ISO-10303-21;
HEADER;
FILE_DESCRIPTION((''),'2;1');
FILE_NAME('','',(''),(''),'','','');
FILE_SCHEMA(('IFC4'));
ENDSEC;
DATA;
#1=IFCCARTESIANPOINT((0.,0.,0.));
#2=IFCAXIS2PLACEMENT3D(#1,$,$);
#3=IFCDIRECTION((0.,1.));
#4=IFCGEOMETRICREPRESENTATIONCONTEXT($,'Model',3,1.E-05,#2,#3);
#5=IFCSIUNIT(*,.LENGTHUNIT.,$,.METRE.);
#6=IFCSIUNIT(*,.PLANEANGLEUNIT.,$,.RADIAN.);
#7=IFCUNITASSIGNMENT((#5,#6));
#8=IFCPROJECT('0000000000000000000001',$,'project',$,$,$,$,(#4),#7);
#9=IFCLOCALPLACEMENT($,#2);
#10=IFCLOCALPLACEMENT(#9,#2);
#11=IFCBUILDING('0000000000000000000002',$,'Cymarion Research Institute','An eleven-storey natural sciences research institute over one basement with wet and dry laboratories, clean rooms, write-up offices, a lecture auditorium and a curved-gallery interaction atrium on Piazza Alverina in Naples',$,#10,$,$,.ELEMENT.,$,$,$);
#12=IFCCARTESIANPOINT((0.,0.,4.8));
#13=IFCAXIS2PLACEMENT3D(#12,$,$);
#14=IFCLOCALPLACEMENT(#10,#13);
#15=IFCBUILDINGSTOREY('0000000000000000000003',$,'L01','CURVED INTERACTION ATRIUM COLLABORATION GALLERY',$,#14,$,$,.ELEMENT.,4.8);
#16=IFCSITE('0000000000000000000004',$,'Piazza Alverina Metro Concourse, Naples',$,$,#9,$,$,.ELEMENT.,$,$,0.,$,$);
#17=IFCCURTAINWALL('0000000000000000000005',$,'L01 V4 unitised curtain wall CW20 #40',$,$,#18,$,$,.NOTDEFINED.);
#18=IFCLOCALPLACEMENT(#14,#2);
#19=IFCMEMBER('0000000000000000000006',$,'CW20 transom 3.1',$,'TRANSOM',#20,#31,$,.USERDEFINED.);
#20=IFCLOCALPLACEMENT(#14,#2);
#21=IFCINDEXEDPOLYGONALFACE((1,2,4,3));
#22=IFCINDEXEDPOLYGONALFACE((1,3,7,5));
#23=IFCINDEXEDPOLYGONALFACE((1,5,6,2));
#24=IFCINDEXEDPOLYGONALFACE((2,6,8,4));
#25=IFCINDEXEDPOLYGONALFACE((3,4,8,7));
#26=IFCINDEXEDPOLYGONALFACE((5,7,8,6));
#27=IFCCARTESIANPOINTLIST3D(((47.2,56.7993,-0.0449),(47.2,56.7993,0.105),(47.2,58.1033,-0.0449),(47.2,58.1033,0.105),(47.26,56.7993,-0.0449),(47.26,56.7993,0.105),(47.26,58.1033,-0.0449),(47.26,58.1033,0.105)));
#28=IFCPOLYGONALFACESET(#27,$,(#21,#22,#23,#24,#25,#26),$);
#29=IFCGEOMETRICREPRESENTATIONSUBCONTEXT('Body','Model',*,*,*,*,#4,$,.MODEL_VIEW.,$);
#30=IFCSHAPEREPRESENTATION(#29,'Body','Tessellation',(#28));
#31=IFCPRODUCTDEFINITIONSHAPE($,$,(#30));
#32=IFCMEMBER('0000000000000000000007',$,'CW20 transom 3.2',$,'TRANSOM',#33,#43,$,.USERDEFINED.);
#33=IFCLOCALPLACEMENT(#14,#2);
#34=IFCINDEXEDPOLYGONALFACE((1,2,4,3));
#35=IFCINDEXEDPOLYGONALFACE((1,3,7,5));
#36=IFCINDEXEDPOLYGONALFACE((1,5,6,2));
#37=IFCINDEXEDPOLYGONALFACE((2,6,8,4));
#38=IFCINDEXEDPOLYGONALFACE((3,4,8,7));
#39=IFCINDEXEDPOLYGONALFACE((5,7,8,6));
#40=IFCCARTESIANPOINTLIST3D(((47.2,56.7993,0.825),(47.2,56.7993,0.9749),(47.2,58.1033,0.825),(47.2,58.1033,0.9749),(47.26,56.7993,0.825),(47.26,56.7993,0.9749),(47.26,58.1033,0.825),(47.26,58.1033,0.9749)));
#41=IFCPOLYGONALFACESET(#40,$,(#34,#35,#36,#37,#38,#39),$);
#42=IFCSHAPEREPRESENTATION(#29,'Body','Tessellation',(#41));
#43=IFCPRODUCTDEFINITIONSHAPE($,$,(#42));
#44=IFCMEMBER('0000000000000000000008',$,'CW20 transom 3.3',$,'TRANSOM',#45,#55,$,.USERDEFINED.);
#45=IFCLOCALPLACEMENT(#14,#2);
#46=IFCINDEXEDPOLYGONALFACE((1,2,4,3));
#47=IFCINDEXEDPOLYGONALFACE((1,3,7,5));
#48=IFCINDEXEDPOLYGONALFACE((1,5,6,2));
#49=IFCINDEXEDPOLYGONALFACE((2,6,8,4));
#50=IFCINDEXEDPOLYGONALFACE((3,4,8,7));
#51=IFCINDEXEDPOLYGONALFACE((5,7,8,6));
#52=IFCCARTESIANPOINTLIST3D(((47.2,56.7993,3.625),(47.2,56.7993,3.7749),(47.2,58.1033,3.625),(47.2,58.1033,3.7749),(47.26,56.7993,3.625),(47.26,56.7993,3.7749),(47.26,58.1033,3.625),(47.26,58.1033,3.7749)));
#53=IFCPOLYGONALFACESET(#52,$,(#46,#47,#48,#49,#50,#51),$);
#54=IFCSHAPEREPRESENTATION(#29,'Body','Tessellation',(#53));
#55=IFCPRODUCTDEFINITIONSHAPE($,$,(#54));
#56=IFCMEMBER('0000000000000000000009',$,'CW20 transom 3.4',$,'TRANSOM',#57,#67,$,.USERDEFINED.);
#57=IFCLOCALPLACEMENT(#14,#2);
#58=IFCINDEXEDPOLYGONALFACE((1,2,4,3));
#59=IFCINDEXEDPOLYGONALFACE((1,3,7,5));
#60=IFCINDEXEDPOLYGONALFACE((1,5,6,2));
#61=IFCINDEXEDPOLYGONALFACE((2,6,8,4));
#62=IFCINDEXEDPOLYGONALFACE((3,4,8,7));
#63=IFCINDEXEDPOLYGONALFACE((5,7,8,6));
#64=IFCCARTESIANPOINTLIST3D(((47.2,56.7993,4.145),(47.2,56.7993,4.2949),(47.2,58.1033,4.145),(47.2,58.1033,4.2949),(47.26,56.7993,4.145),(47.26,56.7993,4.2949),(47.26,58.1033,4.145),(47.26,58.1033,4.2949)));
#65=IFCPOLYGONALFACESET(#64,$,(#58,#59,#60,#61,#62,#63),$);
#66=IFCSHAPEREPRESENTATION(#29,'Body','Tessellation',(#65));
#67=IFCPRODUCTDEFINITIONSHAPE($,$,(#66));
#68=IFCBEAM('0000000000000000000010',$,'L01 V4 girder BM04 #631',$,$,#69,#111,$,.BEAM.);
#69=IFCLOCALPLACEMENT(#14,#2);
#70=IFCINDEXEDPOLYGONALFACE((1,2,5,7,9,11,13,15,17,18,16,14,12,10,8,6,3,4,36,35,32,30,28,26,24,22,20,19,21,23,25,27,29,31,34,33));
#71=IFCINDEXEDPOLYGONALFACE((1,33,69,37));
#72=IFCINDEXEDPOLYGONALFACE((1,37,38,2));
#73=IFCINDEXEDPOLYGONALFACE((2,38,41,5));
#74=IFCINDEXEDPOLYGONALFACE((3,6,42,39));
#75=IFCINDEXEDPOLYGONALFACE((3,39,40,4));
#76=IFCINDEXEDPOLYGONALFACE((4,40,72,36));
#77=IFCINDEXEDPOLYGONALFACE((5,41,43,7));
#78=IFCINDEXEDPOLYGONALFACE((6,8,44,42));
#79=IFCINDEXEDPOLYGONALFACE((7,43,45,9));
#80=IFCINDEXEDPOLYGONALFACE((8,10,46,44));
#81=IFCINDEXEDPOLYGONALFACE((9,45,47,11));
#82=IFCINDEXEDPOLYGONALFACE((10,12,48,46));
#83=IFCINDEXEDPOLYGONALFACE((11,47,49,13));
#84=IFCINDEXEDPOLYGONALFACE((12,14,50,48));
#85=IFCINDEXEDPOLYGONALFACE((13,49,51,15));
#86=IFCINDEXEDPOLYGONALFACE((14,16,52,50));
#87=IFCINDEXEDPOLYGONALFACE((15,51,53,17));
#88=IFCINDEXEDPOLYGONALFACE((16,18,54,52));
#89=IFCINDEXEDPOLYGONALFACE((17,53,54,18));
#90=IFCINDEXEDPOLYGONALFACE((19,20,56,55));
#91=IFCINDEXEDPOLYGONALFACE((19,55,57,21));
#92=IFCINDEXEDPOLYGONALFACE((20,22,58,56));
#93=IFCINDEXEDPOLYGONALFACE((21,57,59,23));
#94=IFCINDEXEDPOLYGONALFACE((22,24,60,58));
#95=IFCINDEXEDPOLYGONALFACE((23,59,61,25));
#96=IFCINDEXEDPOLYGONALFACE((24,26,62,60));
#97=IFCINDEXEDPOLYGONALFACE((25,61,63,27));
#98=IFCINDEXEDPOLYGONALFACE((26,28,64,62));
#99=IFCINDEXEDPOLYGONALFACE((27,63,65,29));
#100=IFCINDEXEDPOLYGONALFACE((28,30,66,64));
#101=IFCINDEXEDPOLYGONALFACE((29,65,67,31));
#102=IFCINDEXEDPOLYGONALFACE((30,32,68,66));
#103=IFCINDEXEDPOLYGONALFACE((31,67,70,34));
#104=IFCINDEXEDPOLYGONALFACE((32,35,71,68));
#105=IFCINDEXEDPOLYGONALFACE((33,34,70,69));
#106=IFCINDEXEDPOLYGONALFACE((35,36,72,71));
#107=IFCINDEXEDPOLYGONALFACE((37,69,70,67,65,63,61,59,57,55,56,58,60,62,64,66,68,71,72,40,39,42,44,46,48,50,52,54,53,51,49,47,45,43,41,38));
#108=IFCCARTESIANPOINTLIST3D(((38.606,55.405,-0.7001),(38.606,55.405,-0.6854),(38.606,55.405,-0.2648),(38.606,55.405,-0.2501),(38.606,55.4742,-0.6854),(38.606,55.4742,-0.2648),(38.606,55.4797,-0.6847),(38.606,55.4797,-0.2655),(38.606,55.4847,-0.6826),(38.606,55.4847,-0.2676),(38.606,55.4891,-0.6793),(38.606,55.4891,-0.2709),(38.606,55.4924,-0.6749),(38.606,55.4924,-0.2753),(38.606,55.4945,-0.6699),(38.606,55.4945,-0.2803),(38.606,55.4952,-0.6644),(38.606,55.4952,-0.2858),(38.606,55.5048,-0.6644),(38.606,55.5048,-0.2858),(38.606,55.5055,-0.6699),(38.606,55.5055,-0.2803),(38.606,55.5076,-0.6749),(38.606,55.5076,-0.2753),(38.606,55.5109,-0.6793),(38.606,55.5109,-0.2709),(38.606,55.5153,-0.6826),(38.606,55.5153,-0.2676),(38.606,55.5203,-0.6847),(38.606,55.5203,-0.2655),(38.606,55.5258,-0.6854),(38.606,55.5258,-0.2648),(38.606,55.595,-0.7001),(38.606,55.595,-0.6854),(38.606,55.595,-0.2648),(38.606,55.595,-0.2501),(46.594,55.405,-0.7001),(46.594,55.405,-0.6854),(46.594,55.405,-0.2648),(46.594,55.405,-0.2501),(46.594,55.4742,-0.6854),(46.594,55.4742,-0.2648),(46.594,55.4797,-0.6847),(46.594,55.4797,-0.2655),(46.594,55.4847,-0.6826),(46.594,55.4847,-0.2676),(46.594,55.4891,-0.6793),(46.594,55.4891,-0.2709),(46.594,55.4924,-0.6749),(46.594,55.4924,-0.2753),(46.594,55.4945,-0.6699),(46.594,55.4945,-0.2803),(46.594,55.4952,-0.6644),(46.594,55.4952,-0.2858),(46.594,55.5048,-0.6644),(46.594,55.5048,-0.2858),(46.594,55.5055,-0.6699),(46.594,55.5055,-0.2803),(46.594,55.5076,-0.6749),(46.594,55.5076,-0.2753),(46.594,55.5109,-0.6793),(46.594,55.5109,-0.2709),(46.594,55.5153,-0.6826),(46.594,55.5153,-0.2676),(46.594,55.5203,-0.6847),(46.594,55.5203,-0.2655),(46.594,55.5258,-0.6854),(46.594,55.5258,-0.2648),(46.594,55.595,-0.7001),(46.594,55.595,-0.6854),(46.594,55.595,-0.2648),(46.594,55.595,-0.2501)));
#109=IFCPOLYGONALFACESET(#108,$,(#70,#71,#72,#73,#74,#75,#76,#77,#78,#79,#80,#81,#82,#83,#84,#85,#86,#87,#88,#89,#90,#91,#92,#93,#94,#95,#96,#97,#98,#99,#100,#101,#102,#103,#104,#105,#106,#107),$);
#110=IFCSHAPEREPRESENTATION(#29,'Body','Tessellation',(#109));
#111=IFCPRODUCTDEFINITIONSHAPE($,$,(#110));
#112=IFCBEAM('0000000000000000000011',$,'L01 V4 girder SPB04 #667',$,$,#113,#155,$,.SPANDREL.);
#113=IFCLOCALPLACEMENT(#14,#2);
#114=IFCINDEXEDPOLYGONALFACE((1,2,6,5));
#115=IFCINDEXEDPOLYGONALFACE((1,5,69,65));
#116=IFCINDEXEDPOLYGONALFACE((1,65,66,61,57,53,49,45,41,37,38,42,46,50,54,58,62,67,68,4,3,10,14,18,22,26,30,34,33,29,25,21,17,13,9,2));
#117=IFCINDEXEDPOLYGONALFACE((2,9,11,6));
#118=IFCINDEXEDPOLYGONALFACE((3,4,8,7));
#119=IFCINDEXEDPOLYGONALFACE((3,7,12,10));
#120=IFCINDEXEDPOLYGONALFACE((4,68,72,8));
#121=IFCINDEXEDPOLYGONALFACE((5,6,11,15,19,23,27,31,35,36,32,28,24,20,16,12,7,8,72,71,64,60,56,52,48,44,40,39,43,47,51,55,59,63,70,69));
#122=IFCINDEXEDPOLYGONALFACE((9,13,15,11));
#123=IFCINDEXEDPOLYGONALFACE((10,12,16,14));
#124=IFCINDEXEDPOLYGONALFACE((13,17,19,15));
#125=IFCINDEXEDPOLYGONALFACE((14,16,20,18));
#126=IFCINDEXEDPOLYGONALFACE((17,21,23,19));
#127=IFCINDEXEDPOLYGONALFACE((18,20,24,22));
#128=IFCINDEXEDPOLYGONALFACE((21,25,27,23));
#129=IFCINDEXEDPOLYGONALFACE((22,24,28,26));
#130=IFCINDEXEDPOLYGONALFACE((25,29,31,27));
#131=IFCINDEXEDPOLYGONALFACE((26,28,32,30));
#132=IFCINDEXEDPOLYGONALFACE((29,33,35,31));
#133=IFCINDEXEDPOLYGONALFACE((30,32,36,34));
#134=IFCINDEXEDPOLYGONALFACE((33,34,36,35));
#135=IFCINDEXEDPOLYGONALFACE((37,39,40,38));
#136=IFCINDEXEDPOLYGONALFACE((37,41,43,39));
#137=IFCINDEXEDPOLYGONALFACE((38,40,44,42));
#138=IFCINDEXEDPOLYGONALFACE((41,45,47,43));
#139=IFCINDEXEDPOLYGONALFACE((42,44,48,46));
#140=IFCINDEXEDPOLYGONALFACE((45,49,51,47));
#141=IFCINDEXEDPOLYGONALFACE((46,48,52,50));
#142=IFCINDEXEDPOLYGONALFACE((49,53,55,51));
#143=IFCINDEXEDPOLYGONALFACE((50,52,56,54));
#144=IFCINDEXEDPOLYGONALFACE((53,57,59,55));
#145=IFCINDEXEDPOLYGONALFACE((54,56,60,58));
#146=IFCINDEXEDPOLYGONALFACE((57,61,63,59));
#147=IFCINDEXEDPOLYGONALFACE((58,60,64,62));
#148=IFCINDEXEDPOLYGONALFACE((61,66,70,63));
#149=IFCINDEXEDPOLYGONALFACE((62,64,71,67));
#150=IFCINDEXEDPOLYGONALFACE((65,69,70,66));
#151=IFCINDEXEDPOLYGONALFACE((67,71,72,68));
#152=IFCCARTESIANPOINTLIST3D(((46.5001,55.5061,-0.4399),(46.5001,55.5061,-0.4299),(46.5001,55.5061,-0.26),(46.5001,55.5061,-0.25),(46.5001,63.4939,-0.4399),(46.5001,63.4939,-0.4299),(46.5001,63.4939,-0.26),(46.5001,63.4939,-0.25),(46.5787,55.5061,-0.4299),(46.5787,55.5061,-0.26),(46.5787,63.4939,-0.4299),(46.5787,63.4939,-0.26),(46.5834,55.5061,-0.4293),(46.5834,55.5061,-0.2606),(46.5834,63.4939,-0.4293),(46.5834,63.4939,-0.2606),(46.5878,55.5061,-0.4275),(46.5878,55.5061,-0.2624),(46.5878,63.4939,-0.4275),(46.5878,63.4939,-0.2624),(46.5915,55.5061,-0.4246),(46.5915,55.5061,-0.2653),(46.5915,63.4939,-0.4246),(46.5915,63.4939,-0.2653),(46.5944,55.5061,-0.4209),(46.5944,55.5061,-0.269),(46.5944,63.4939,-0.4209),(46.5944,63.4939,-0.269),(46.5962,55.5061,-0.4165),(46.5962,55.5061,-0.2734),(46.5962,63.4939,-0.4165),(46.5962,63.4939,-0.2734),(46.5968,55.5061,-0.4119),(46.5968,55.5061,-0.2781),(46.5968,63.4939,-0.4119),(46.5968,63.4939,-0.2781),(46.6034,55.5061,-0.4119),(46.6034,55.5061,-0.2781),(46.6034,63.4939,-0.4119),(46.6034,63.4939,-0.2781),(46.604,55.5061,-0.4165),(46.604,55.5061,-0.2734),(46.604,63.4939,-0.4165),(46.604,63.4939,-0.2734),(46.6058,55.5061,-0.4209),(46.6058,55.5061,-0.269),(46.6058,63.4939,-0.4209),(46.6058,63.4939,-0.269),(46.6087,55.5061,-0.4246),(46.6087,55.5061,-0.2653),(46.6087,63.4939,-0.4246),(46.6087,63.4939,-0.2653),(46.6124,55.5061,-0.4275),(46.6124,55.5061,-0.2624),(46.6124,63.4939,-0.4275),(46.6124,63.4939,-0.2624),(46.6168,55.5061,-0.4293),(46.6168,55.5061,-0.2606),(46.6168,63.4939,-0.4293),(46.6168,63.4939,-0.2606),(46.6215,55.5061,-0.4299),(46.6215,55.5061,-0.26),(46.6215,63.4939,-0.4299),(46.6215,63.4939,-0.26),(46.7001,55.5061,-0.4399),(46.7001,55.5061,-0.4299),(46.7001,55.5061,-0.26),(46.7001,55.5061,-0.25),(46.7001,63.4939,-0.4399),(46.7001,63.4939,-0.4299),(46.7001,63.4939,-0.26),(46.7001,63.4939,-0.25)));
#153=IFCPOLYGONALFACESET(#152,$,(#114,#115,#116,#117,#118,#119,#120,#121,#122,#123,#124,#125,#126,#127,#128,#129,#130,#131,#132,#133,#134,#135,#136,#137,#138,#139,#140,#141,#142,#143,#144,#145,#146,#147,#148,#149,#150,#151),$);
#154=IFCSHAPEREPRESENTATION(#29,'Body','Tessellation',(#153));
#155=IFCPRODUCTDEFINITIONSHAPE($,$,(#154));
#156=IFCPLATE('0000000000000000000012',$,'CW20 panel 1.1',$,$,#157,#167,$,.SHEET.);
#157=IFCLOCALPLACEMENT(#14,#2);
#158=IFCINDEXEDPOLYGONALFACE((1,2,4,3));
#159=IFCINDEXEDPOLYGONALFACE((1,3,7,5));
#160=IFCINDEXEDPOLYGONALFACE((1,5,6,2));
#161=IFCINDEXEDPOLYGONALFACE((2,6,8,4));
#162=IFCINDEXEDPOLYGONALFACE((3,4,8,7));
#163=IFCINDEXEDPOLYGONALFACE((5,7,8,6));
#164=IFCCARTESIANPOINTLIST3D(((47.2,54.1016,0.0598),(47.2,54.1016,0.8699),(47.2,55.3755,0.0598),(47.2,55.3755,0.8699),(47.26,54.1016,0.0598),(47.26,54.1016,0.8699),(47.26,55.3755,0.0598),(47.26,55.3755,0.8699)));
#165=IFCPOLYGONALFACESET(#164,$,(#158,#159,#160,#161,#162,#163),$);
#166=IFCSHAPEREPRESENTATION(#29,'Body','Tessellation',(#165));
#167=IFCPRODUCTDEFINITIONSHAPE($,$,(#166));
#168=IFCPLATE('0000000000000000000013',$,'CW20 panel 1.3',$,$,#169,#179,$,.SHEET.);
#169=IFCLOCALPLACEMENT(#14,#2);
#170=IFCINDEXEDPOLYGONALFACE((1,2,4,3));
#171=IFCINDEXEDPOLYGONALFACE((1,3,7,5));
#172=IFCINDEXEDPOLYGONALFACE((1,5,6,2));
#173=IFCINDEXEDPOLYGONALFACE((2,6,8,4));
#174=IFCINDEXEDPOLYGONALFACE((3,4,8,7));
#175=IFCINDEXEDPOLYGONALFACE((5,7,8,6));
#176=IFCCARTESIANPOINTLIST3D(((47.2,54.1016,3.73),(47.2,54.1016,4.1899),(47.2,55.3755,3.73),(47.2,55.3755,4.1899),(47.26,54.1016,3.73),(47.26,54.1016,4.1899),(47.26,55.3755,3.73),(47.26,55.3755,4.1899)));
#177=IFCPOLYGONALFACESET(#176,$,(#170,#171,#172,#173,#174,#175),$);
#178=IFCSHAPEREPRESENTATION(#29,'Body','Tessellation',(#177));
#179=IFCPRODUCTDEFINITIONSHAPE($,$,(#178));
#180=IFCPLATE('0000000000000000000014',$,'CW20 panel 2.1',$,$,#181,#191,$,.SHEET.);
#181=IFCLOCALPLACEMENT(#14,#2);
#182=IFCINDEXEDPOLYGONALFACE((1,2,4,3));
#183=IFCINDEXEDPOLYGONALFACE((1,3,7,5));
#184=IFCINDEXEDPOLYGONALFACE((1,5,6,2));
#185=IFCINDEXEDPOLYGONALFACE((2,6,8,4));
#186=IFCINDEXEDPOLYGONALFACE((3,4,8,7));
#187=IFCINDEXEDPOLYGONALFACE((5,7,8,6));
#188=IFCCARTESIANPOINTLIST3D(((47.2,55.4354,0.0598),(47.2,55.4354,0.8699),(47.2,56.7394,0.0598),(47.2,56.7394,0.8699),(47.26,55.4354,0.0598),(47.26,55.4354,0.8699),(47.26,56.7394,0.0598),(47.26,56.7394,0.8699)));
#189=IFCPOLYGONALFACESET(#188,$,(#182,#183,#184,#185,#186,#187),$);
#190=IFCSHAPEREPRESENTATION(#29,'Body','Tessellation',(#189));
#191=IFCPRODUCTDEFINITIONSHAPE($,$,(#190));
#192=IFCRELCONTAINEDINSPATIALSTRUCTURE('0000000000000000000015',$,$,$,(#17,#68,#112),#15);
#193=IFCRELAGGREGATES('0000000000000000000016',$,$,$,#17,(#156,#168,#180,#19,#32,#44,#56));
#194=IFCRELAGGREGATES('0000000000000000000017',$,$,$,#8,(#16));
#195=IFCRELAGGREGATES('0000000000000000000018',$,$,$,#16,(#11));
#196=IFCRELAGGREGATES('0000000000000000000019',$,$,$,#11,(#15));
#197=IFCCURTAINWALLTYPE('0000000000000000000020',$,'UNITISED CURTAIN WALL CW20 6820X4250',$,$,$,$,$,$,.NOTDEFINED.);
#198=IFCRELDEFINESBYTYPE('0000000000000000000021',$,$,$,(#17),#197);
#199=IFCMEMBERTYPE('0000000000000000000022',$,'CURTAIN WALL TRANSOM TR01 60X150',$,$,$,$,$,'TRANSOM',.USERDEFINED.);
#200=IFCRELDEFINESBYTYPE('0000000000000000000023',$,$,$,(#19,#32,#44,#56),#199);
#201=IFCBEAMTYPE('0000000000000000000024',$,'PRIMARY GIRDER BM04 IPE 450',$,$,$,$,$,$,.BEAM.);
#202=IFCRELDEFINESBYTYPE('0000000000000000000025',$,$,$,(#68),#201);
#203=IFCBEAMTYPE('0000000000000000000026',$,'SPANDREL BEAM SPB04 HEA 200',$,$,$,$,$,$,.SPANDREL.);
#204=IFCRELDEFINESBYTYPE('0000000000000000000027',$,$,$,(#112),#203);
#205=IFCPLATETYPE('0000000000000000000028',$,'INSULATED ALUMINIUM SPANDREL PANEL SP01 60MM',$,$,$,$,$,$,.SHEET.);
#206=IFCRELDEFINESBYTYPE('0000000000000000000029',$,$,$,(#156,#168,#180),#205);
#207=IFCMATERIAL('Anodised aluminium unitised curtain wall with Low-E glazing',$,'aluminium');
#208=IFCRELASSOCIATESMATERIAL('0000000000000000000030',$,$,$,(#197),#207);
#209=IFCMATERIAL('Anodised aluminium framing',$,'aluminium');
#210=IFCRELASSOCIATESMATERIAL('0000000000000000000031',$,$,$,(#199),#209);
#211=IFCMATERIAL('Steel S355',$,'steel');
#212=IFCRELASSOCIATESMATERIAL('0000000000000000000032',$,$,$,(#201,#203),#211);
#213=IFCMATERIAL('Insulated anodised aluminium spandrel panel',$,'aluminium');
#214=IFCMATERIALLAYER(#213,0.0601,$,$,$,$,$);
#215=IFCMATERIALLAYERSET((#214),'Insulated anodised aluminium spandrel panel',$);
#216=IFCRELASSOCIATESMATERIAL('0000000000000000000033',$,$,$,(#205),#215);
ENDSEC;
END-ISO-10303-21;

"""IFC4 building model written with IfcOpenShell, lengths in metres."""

from ifc_helpers import new_model, si_unit, direction, frame, origin, origin_2d, place, context, subcontext, project, spatial, rectangle, i_section, extrude, material, layer, layer_set, material_profile, profile_set, type_object, element, aggregate, save


model = new_model("IFC4")

# Units and contexts
model_context = context("Model", 3, precision=1e-05, world=origin(), true_north=direction((0.0, 1.0)))
body_context = subcontext(model_context, "Body", "Model", "MODEL_VIEW")
ifc_project = project(units=[si_unit("LENGTHUNIT", "METRE"), si_unit("PLANEANGLEUNIT", "RADIAN")], contexts=[model_context])

# Site, building, storey
site_placement = place(None, origin())
site = spatial("IfcSite", under=ifc_project, at=site_placement, Name="Piazza Alverina Metro Concourse, Naples", CompositionType="ELEMENT", RefElevation=0.0)
building_placement = place(site_placement, origin())
building = spatial("IfcBuilding", under=site, at=building_placement, Name="Cymarion Research Institute", Description="An eleven-storey natural sciences research institute over one basement with wet and dry laboratories, clean rooms, write-up offices, a lecture auditorium and a curved-gallery interaction atrium on Piazza Alverina in Naples", CompositionType="ELEMENT")
storey_placement = place(building_placement, frame((0.0, 0.0, 4.8)))
storey = spatial("IfcBuildingStorey", under=building, at=storey_placement, Name="L01", Description="CURVED INTERACTION ATRIUM COLLABORATION GALLERY", CompositionType="ELEMENT", Elevation=4.8)

# Shared definitions
ifc_material_1 = material(Name="Steel S355", Category="steel")

# Curtain wall, members
ifc_material_2 = material(Name="Anodised aluminium unitised curtain wall with Low-E glazing", Category="aluminium")
curtain_wall_type = type_object("IfcCurtainWallType", Name="UNITISED CURTAIN WALL CW20 6820X4250", PredefinedType="NOTDEFINED", material=ifc_material_2)
curtain_wall_placement = place(storey_placement, origin())
curtain_wall = element("IfcCurtainWall", 1, at=curtain_wall_placement, inside=storey, type_object=curtain_wall_type, Name="L01 V4 unitised curtain wall CW20 #40", PredefinedType="NOTDEFINED")
ifc_material_3 = material(Name="Anodised aluminium framing", Category="aluminium")
ifc_material_profile_1 = material_profile(ifc_material_3, rectangle(XDim=0.0601, YDim=0.1499, at=origin_2d()), Name="ALU TRANSOM 60x150")
ifc_profile_set_1 = profile_set([ifc_material_profile_1], Name="Anodised aluminium framing")
member_type_1 = type_object("IfcMemberType", Name="CURTAIN WALL TRANSOM TR01 60X150", ElementType="TRANSOM", PredefinedType="USERDEFINED", material=ifc_profile_set_1)
member_1_placement = place(storey_placement, frame((47.23, 56.7993, 0.03), z_axis=(0.0, 1.0, 0.0), x_axis=(-1.0, 0.0, 0.0)))
member_1 = element("IfcMember", 2, at=member_1_placement, type_object=member_type_1, Name="CW20 transom 3.1", ObjectType="TRANSOM", PredefinedType="USERDEFINED", context=body_context, shape_type="SweptSolid", body=[
    extrude(rectangle(XDim=0.0601, YDim=0.1499, at=origin_2d()), origin(), (0.0, 0.0, 1.0), 1.304),
])
member_2_placement = place(storey_placement, frame((47.23, 56.7993, 0.8999), z_axis=(0.0, 1.0, 0.0), x_axis=(-1.0, 0.0, 0.0)))
member_2 = element("IfcMember", 3, at=member_2_placement, type_object=member_type_1, Name="CW20 transom 3.2", ObjectType="TRANSOM", PredefinedType="USERDEFINED", context=body_context, shape_type="SweptSolid", body=[
    extrude(rectangle(XDim=0.0601, YDim=0.1499, at=origin_2d()), origin(), (0.0, 0.0, 1.0), 1.304),
])
member_3_placement = place(storey_placement, frame((47.23, 56.7993, 3.7), z_axis=(0.0, 1.0, 0.0), x_axis=(-1.0, 0.0, 0.0)))
member_3 = element("IfcMember", 4, at=member_3_placement, type_object=member_type_1, Name="CW20 transom 3.3", ObjectType="TRANSOM", PredefinedType="USERDEFINED", context=body_context, shape_type="SweptSolid", body=[
    extrude(rectangle(XDim=0.0601, YDim=0.1499, at=origin_2d()), origin(), (0.0, 0.0, 1.0), 1.304),
])
member_4_placement = place(storey_placement, frame((47.23, 56.7993, 4.22), z_axis=(0.0, 1.0, 0.0), x_axis=(-1.0, 0.0, 0.0)))
member_4 = element("IfcMember", 5, at=member_4_placement, type_object=member_type_1, Name="CW20 transom 3.4", ObjectType="TRANSOM", PredefinedType="USERDEFINED", context=body_context, shape_type="SweptSolid", body=[
    extrude(rectangle(XDim=0.0601, YDim=0.1499, at=origin_2d()), origin(), (0.0, 0.0, 1.0), 1.304),
])

# Beams
ifc_material_profile_2 = material_profile(ifc_material_1, i_section(OverallWidth=0.1899, OverallDepth=0.45, WebThickness=0.0095, FlangeThickness=0.0146, FilletRadius=0.021, at=origin_2d()), Name="IPE 450")
ifc_profile_set_2 = profile_set([ifc_material_profile_2], Name="Steel S355")
beam_type_1 = type_object("IfcBeamType", Name="PRIMARY GIRDER BM04 IPE 450", PredefinedType="BEAM", material=ifc_profile_set_2)
beam_1_placement = place(storey_placement, frame((38.606, 55.5, -0.4751), z_axis=(1.0, 0.0, 0.0), x_axis=(0.0, 1.0, 0.0)))
element("IfcBeam", 6, at=beam_1_placement, inside=storey, type_object=beam_type_1, Name="L01 V4 girder BM04 #631", PredefinedType="BEAM", context=body_context, shape_type="SweptSolid", body=[
    extrude(i_section(OverallWidth=0.1899, OverallDepth=0.45, WebThickness=0.0095, FlangeThickness=0.0146, FilletRadius=0.021, at=origin_2d()), origin(), (0.0, 0.0, 1.0), 7.988),
])
ifc_material_profile_3 = material_profile(ifc_material_1, i_section(OverallWidth=0.2, OverallDepth=0.1899, WebThickness=0.0066, FlangeThickness=0.01, FilletRadius=0.0181, at=origin_2d()), Name="HEA 200")
ifc_profile_set_3 = profile_set([ifc_material_profile_3], Name="Steel S355")
beam_type_2 = type_object("IfcBeamType", Name="SPANDREL BEAM SPB04 HEA 200", PredefinedType="SPANDREL", material=ifc_profile_set_3)
beam_2_placement = place(storey_placement, frame((46.6001, 55.5061, -0.345), z_axis=(0.0, 1.0, 0.0), x_axis=(-1.0, 0.0, 0.0)))
element("IfcBeam", 7, at=beam_2_placement, inside=storey, type_object=beam_type_2, Name="L01 V4 girder SPB04 #667", PredefinedType="SPANDREL", context=body_context, shape_type="SweptSolid", body=[
    extrude(i_section(OverallWidth=0.2, OverallDepth=0.1899, WebThickness=0.0066, FlangeThickness=0.01, FilletRadius=0.0181, at=origin_2d()), origin(), (0.0, 0.0, 1.0), 7.9878),
])

# Plates
ifc_material_4 = material(Name="Insulated anodised aluminium spandrel panel", Category="aluminium")
ifc_layer_1 = layer(ifc_material_4, 0.0601)
ifc_layer_set_1 = layer_set([ifc_layer_1], Name="Insulated anodised aluminium spandrel panel")
plate_type_1 = type_object("IfcPlateType", Name="INSULATED ALUMINIUM SPANDREL PANEL SP01 60MM", PredefinedType="SHEET", material=ifc_layer_set_1)
plate_1_placement = place(storey_placement, frame((47.23, 54.7385, 0.0598), z_axis=(0.0, 0.0, 1.0), x_axis=(0.0, 1.0, 0.0)))
plate_1 = element("IfcPlate", 8, at=plate_1_placement, type_object=plate_type_1, Name="CW20 panel 1.1", PredefinedType="SHEET", context=body_context, shape_type="SweptSolid", body=[
    extrude(rectangle(XDim=1.2739, YDim=0.0601, at=origin_2d()), origin(), (0.0, 0.0, 1.0), 0.8101),
])
plate_2_placement = place(storey_placement, frame((47.23, 54.7385, 3.73), z_axis=(0.0, 0.0, 1.0), x_axis=(0.0, 1.0, 0.0)))
plate_2 = element("IfcPlate", 9, at=plate_2_placement, type_object=plate_type_1, Name="CW20 panel 1.3", PredefinedType="SHEET", context=body_context, shape_type="SweptSolid", body=[
    extrude(rectangle(XDim=1.2739, YDim=0.0601, at=origin_2d()), origin(), (0.0, 0.0, 1.0), 0.46),
])
plate_3_placement = place(storey_placement, frame((47.23, 56.0874, 0.0598), z_axis=(0.0, 0.0, 1.0), x_axis=(0.0, 1.0, 0.0)))
plate_3 = element("IfcPlate", 10, at=plate_3_placement, type_object=plate_type_1, Name="CW20 panel 2.1", PredefinedType="SHEET", context=body_context, shape_type="SweptSolid", body=[
    extrude(rectangle(XDim=1.304, YDim=0.0601, at=origin_2d()), origin(), (0.0, 0.0, 1.0), 0.8101),
])
aggregate(curtain_wall, [plate_1, plate_2, plate_3, member_1, member_2, member_3, member_4])

save(model, "model.ifc")
